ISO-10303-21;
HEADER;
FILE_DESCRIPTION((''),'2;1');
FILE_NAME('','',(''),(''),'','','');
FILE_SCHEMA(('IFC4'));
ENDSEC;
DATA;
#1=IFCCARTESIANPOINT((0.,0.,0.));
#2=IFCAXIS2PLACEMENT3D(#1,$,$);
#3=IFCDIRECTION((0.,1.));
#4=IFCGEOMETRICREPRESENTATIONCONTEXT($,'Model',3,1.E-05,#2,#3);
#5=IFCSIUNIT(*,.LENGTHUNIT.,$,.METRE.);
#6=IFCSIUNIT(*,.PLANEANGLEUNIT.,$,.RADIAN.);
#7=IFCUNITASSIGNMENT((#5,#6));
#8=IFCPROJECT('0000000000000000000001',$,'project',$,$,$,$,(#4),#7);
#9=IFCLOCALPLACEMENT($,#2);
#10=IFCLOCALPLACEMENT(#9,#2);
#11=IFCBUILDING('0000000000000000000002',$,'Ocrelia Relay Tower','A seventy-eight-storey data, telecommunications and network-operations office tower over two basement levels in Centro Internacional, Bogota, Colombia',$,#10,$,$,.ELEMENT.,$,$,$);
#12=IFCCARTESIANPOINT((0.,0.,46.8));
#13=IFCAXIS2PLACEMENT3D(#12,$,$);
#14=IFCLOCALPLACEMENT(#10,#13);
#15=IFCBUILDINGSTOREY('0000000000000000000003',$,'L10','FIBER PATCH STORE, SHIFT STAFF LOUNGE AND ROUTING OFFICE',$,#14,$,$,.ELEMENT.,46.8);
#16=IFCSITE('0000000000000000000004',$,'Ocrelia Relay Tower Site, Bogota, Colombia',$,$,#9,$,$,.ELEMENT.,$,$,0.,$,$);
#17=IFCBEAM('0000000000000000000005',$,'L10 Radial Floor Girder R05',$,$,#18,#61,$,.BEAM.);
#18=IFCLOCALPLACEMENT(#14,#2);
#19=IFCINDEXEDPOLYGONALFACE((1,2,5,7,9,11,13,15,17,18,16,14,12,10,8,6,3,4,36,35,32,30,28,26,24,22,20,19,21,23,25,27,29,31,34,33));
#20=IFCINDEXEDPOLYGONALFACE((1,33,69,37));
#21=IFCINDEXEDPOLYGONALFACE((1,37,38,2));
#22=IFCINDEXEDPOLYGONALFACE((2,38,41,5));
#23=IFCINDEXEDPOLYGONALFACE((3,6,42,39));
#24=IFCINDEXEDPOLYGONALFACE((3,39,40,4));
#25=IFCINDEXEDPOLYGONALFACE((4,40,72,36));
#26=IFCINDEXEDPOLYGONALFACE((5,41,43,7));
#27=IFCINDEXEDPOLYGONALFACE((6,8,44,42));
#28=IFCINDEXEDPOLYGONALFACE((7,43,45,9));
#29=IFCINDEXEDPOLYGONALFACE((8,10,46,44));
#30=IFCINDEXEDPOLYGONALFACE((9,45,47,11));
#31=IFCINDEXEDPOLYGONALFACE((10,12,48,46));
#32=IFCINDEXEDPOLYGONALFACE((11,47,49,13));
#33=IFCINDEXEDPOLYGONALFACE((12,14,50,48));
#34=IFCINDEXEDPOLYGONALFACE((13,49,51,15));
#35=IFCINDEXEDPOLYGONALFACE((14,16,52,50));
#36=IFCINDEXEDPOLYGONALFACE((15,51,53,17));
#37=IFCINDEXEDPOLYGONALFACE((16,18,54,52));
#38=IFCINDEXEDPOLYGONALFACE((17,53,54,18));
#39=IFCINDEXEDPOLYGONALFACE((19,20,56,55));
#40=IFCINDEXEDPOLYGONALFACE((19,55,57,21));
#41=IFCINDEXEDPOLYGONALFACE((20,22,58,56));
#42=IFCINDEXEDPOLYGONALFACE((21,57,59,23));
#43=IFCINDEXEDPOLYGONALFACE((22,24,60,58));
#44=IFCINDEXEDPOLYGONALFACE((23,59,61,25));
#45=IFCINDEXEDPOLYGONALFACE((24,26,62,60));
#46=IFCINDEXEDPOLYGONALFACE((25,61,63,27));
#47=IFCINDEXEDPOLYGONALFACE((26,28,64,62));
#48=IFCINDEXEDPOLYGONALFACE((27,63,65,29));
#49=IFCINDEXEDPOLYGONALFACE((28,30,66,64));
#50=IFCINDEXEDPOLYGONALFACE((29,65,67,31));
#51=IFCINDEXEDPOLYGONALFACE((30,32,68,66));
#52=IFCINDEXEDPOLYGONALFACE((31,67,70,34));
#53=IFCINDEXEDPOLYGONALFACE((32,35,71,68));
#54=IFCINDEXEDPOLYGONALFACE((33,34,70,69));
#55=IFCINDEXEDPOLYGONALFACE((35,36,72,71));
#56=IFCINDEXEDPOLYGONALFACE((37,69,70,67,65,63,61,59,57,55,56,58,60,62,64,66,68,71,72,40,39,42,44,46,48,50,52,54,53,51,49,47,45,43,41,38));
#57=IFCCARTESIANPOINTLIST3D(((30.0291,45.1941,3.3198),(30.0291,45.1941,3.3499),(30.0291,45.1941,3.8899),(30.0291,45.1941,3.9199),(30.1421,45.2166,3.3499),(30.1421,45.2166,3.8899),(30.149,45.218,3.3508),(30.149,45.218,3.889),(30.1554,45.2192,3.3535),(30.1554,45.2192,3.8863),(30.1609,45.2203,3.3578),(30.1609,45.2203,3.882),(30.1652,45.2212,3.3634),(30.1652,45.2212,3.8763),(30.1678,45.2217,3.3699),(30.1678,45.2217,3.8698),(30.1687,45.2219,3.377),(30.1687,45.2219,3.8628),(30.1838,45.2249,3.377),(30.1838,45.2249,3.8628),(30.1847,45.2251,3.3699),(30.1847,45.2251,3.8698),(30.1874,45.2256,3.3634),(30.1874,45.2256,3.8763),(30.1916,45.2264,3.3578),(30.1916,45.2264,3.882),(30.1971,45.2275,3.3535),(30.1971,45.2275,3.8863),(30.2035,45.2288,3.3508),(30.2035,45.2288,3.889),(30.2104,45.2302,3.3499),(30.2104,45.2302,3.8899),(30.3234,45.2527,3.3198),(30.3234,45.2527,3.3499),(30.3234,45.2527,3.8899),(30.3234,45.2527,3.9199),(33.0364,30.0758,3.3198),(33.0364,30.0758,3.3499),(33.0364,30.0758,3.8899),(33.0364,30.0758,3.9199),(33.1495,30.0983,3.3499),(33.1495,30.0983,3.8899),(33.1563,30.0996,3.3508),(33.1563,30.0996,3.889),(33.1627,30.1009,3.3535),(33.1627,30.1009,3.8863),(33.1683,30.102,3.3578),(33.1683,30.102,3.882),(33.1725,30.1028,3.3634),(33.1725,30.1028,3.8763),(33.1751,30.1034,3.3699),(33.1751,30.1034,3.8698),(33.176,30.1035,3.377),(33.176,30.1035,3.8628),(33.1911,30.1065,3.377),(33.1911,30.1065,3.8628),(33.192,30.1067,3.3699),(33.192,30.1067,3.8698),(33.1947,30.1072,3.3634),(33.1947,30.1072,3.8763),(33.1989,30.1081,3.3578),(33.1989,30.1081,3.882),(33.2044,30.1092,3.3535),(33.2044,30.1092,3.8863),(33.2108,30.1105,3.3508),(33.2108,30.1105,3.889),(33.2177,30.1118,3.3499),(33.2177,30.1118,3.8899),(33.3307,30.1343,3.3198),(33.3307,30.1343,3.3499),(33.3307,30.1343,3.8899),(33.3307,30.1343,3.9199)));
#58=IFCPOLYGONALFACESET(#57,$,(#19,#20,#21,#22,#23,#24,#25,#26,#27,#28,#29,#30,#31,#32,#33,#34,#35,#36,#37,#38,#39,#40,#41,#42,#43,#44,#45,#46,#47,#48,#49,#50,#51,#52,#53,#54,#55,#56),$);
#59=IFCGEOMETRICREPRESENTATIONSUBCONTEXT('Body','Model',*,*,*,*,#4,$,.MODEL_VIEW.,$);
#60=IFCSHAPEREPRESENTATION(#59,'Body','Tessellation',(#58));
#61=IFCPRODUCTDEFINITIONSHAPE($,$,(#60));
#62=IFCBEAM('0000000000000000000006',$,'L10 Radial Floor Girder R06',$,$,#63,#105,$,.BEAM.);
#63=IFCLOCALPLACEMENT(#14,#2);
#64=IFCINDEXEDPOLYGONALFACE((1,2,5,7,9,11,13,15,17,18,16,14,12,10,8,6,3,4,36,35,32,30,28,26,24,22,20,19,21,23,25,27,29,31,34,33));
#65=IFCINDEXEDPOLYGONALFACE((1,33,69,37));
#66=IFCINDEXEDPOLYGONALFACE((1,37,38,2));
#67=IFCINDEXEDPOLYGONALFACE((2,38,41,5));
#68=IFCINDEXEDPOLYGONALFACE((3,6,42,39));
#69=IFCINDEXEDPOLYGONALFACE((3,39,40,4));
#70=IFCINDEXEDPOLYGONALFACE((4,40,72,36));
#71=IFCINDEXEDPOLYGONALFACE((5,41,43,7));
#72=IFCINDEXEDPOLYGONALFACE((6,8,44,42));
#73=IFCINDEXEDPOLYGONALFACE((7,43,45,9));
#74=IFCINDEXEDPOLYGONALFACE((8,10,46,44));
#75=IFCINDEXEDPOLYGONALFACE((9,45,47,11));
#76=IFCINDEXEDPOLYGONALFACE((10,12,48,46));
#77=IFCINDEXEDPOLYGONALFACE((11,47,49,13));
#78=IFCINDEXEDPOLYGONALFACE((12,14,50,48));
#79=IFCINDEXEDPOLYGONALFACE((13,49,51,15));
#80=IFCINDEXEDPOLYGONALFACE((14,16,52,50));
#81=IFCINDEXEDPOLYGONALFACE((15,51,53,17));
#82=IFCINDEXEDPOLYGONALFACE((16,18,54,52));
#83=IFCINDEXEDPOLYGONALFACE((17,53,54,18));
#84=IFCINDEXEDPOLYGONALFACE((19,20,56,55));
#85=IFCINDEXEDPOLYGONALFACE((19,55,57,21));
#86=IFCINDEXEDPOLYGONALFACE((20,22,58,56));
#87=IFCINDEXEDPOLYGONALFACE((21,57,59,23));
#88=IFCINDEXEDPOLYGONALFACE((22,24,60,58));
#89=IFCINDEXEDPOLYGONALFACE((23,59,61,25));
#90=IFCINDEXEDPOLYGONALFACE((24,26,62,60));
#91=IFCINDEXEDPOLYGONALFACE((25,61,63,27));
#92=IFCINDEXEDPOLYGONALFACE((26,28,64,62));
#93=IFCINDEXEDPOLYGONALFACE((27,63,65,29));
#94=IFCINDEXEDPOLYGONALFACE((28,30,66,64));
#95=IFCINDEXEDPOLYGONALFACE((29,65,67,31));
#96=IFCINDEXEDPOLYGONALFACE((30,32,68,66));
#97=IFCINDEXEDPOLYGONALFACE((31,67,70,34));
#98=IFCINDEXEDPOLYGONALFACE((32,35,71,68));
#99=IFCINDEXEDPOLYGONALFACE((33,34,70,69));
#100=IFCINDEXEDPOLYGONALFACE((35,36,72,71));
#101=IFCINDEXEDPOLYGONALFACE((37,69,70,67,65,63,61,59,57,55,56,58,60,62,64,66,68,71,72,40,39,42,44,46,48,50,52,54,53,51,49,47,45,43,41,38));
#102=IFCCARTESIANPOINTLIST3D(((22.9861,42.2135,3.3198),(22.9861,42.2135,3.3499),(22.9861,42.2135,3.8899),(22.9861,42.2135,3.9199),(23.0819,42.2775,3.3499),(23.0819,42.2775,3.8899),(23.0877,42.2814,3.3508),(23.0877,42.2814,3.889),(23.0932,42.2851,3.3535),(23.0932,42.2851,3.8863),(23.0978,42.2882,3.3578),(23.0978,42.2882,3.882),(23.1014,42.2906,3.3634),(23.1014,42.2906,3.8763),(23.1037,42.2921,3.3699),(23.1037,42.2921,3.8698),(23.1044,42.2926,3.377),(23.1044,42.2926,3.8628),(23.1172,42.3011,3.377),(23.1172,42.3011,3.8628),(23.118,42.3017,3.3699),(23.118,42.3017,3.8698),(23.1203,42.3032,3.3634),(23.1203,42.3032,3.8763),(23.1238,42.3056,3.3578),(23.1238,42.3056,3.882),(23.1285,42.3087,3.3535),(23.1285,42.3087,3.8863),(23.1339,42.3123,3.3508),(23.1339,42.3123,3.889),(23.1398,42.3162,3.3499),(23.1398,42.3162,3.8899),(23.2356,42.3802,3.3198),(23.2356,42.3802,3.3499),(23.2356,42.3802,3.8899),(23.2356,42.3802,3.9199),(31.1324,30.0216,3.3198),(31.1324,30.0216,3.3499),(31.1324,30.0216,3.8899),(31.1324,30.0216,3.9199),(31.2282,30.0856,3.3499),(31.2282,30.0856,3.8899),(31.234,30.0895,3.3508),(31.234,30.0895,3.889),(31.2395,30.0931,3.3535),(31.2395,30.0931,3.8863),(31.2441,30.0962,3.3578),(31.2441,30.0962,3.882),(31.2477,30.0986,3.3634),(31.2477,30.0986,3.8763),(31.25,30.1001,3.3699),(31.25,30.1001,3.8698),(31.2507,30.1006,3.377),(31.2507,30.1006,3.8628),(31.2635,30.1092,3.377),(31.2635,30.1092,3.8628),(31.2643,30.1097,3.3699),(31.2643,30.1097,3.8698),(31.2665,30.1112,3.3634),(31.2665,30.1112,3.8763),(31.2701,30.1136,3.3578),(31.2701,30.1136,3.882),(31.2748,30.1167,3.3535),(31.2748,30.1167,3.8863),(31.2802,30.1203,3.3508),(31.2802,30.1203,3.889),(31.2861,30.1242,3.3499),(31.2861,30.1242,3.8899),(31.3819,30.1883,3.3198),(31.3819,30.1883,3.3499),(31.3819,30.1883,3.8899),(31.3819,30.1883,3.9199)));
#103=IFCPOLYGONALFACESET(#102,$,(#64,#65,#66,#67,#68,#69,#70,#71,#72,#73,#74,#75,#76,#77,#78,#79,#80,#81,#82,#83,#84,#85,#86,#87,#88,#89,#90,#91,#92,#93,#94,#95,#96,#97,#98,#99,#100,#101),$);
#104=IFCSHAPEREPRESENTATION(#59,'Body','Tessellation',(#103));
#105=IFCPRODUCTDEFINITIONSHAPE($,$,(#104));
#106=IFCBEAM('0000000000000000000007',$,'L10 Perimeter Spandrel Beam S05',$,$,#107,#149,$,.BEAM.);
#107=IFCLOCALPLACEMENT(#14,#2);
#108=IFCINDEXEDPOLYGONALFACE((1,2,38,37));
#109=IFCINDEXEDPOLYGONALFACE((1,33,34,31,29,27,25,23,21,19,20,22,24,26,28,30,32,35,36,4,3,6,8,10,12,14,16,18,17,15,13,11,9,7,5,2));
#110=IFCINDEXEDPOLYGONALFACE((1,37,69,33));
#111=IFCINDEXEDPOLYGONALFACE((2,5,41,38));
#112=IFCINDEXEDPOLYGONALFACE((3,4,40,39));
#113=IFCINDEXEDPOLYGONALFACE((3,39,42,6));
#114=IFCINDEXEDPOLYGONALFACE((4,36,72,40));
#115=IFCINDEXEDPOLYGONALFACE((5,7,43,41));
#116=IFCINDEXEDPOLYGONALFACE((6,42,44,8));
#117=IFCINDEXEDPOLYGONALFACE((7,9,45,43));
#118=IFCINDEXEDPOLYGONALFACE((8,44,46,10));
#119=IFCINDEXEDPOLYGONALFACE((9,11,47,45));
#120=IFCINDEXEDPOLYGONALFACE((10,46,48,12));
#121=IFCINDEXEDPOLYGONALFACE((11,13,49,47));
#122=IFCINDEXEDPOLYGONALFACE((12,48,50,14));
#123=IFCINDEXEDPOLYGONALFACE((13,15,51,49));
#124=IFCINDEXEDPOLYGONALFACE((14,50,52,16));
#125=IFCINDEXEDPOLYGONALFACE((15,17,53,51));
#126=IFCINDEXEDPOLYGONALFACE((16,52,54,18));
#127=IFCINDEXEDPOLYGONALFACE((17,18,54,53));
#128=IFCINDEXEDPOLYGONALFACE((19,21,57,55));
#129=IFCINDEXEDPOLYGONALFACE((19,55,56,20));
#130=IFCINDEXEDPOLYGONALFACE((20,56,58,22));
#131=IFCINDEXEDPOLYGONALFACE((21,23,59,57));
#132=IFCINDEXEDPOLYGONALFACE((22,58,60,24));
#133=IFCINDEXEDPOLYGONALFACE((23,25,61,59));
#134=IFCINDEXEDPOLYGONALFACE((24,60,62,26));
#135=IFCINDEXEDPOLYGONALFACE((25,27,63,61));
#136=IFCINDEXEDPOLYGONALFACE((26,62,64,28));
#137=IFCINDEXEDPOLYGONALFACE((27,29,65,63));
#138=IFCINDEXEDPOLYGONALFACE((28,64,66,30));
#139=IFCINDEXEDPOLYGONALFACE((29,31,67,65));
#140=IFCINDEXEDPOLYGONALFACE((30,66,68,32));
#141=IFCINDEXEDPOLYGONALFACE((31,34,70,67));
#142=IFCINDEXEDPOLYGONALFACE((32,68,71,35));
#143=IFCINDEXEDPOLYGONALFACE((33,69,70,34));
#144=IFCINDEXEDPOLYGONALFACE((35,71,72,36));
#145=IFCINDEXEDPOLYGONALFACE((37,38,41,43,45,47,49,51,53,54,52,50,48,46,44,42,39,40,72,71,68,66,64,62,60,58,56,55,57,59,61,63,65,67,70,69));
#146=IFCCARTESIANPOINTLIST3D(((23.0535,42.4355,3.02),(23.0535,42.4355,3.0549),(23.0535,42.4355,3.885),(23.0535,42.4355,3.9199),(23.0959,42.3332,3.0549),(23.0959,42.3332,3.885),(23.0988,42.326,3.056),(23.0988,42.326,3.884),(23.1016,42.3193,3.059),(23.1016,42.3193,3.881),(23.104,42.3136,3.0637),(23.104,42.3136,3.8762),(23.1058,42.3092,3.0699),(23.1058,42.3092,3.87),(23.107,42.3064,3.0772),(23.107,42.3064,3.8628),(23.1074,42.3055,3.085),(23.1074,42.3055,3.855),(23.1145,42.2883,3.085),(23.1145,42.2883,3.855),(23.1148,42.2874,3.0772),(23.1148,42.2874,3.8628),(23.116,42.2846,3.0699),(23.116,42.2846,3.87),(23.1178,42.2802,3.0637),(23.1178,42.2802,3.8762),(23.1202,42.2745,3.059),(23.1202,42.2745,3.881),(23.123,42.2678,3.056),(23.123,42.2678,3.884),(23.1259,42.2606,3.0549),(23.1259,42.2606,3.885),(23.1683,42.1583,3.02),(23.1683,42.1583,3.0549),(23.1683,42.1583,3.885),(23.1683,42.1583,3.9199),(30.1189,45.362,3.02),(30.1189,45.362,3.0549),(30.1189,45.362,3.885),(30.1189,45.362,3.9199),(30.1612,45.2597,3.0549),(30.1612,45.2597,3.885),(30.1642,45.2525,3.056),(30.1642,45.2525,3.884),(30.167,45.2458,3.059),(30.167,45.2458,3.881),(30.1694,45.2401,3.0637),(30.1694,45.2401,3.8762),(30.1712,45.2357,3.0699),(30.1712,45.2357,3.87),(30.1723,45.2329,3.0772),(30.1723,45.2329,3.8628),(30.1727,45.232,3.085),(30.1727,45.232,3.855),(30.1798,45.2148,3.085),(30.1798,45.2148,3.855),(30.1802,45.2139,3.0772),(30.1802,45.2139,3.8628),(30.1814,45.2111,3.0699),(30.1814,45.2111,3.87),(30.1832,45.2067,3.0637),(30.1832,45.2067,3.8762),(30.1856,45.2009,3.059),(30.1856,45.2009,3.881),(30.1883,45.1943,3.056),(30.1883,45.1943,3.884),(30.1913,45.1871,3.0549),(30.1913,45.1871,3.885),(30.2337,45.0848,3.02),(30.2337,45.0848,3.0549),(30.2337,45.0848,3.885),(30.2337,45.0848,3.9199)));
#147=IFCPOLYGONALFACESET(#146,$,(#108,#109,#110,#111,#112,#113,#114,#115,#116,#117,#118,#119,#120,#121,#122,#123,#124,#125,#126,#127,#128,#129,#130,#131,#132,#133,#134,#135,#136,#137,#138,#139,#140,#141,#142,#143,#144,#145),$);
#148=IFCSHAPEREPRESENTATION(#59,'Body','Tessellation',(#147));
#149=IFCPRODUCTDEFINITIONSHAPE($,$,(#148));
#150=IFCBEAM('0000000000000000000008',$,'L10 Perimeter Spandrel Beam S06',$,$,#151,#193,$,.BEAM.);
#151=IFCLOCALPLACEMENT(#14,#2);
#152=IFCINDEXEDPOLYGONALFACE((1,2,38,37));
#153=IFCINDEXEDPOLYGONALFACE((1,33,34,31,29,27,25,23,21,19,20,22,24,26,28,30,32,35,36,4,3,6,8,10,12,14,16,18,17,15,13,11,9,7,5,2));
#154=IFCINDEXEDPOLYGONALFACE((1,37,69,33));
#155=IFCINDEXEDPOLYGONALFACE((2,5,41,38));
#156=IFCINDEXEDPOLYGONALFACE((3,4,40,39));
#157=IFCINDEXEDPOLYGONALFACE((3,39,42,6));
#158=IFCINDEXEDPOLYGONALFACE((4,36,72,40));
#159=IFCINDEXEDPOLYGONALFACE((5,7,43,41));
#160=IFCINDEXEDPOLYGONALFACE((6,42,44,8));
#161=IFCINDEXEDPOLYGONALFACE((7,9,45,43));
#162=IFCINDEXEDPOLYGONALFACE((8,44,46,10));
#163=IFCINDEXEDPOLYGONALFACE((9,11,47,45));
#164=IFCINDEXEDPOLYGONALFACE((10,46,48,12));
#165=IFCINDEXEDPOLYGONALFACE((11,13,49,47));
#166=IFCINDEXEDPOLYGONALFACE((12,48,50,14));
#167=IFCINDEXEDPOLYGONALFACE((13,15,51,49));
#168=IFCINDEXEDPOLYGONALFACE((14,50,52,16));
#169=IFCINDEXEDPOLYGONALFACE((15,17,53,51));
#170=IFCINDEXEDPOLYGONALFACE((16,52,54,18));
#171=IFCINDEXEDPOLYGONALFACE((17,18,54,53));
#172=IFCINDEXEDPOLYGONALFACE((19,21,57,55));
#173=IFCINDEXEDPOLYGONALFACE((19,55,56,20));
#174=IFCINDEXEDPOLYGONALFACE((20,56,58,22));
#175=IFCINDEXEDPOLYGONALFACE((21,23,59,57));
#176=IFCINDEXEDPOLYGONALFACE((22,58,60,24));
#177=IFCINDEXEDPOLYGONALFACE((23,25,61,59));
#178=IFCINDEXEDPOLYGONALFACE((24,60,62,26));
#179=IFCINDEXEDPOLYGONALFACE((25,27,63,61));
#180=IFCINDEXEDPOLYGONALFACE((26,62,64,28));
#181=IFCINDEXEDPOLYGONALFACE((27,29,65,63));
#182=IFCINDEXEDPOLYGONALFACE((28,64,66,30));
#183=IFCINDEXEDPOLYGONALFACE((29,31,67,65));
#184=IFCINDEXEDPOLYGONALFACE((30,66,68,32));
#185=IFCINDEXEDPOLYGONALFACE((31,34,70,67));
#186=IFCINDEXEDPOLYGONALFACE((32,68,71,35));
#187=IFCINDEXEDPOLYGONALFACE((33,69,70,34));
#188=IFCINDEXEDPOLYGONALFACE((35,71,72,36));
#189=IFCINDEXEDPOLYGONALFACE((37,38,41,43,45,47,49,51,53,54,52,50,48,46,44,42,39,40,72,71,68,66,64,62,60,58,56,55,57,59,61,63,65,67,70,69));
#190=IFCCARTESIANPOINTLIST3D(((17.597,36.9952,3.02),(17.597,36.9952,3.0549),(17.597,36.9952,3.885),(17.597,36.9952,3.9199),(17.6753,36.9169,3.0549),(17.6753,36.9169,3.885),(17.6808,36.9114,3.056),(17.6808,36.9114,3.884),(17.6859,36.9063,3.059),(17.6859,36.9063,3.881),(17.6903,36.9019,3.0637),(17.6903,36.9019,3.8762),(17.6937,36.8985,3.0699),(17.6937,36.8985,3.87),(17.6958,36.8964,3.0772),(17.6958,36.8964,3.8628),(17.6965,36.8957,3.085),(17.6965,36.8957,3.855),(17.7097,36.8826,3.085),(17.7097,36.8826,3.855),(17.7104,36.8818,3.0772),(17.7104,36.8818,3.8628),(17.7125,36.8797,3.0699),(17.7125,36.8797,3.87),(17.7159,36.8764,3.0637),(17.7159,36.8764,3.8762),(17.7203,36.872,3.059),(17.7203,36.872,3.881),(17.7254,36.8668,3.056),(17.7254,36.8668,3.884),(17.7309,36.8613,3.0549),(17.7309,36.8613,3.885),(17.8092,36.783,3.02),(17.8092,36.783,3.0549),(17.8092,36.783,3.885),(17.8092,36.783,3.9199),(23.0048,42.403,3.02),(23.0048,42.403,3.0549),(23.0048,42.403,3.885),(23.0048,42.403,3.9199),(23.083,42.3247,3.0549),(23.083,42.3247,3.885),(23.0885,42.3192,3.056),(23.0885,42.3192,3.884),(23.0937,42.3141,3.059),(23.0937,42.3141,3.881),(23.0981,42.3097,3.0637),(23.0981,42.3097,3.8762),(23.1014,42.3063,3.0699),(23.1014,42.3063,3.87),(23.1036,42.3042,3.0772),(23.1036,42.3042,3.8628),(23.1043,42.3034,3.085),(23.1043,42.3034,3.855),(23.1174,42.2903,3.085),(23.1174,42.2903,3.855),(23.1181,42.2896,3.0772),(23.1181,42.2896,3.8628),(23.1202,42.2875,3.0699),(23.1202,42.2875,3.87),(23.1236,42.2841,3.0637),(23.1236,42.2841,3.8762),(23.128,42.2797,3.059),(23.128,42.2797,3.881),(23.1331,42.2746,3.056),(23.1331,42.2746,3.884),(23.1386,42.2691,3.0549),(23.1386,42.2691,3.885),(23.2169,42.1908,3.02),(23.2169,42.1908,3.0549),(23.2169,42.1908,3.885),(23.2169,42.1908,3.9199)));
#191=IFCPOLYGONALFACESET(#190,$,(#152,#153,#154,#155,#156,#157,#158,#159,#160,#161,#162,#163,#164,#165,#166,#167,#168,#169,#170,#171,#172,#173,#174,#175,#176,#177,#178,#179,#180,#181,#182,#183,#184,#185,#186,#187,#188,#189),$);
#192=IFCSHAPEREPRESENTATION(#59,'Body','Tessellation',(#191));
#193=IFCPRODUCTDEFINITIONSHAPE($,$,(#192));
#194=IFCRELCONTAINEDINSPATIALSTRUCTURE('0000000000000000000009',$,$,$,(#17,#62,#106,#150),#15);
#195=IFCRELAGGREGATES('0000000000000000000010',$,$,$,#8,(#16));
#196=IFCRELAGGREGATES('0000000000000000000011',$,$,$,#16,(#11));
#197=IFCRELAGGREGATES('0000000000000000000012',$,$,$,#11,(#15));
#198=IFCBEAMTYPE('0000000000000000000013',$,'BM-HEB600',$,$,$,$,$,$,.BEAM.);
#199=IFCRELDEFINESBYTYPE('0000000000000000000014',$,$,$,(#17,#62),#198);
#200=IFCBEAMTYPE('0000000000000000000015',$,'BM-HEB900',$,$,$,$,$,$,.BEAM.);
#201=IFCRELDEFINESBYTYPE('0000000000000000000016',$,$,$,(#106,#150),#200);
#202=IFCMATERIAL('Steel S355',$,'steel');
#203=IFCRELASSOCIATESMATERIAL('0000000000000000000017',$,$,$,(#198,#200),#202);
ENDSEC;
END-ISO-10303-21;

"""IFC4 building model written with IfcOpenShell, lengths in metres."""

from ifc_helpers import new_model, si_unit, direction, frame, origin, origin_2d, place, context, subcontext, project, spatial, i_section, extrude, material, material_profile, profile_set, type_object, element, save


model = new_model("IFC4")

# Units and contexts
model_context = context("Model", 3, precision=1e-05, world=origin(), true_north=direction((0.0, 1.0)))
body_context = subcontext(model_context, "Body", "Model", "MODEL_VIEW")
ifc_project = project(units=[si_unit("LENGTHUNIT", "METRE"), si_unit("PLANEANGLEUNIT", "RADIAN")], contexts=[model_context])

# Site, building, storey
site_placement = place(None, origin())
site = spatial("IfcSite", under=ifc_project, at=site_placement, Name="Ocrelia Relay Tower Site, Bogota, Colombia", CompositionType="ELEMENT", RefElevation=0.0)
building_placement = place(site_placement, origin())
building = spatial("IfcBuilding", under=site, at=building_placement, Name="Ocrelia Relay Tower", Description="A seventy-eight-storey data, telecommunications and network-operations office tower over two basement levels in Centro Internacional, Bogota, Colombia", CompositionType="ELEMENT")
storey_placement = place(building_placement, frame((0.0, 0.0, 46.8)))
storey = spatial("IfcBuildingStorey", under=building, at=storey_placement, Name="L10", Description="FIBER PATCH STORE, SHIFT STAFF LOUNGE AND ROUTING OFFICE", CompositionType="ELEMENT", Elevation=46.8)

# Beams
ifc_material_1 = material(Name="Steel S355", Category="steel")
ifc_material_profile_1 = material_profile(ifc_material_1, i_section(OverallWidth=0.3, OverallDepth=0.6001, WebThickness=0.0154, FlangeThickness=0.03, FilletRadius=0.0271, at=origin_2d()), Name="HEB 600")
ifc_profile_set_1 = profile_set([ifc_material_profile_1], Name="Steel S355")
beam_type_1 = type_object("IfcBeamType", Name="BM-HEB600", PredefinedType="BEAM", material=ifc_profile_set_1)
beam_1_placement = place(storey_placement, frame((30.1763, 45.2234, 3.6199), z_axis=(0.195096, -0.980784, 0.0), x_axis=(0.980784, 0.195096, 0.0)))
element("IfcBeam", 1, at=beam_1_placement, inside=storey, type_object=beam_type_1, Name="L10 Radial Floor Girder R05", PredefinedType="BEAM", context=body_context, shape_type="SweptSolid", body=[
    extrude(i_section(OverallWidth=0.3, OverallDepth=0.6001, WebThickness=0.0154, FlangeThickness=0.03, FilletRadius=0.0271, at=origin_2d()), origin(), (0.0, 0.0, 1.0), 15.4146),
])
beam_2_placement = place(storey_placement, frame((23.1108, 42.2969, 3.6199), z_axis=(0.555564, -0.831473, 0.0), x_axis=(0.831473, 0.555564, 0.0)))
element("IfcBeam", 2, at=beam_2_placement, inside=storey, type_object=beam_type_1, Name="L10 Radial Floor Girder R06", PredefinedType="BEAM", context=body_context, shape_type="SweptSolid", body=[
    extrude(i_section(OverallWidth=0.3, OverallDepth=0.6001, WebThickness=0.0154, FlangeThickness=0.03, FilletRadius=0.0271, at=origin_2d()), origin(), (0.0, 0.0, 1.0), 14.6631),
])
ifc_material_profile_2 = material_profile(ifc_material_1, i_section(OverallWidth=0.3, OverallDepth=0.8999, WebThickness=0.0186, FlangeThickness=0.0349, FilletRadius=0.03, at=origin_2d()), Name="HEB 900")
ifc_profile_set_2 = profile_set([ifc_material_profile_2], Name="Steel S355")
beam_type_2 = type_object("IfcBeamType", Name="BM-HEB900", PredefinedType="BEAM", material=ifc_profile_set_2)
beam_3_placement = place(storey_placement, frame((30.1763, 45.2234, 3.47), z_axis=(-0.923883, -0.382674, 0.0), x_axis=(0.382674, -0.923883, 0.0)))
element("IfcBeam", 3, at=beam_3_placement, inside=storey, type_object=beam_type_2, Name="L10 Perimeter Spandrel Beam S05", PredefinedType="BEAM", context=body_context, shape_type="SweptSolid", body=[
    extrude(i_section(OverallWidth=0.3, OverallDepth=0.8999, WebThickness=0.0186, FlangeThickness=0.0349, FilletRadius=0.03, at=origin_2d()), origin(), (0.0, 0.0, 1.0), 7.6475),
])
beam_4_placement = place(storey_placement, frame((23.1108, 42.2969, 3.47), z_axis=(-0.707107, -0.707107, 0.0), x_axis=(0.707107, -0.707107, 0.0)))
element("IfcBeam", 4, at=beam_4_placement, inside=storey, type_object=beam_type_2, Name="L10 Perimeter Spandrel Beam S06", PredefinedType="BEAM", context=body_context, shape_type="SweptSolid", body=[
    extrude(i_section(OverallWidth=0.3, OverallDepth=0.8999, WebThickness=0.0186, FlangeThickness=0.0349, FilletRadius=0.03, at=origin_2d()), origin(), (0.0, 0.0, 1.0), 7.6477),
])

save(model, "model.ifc")
